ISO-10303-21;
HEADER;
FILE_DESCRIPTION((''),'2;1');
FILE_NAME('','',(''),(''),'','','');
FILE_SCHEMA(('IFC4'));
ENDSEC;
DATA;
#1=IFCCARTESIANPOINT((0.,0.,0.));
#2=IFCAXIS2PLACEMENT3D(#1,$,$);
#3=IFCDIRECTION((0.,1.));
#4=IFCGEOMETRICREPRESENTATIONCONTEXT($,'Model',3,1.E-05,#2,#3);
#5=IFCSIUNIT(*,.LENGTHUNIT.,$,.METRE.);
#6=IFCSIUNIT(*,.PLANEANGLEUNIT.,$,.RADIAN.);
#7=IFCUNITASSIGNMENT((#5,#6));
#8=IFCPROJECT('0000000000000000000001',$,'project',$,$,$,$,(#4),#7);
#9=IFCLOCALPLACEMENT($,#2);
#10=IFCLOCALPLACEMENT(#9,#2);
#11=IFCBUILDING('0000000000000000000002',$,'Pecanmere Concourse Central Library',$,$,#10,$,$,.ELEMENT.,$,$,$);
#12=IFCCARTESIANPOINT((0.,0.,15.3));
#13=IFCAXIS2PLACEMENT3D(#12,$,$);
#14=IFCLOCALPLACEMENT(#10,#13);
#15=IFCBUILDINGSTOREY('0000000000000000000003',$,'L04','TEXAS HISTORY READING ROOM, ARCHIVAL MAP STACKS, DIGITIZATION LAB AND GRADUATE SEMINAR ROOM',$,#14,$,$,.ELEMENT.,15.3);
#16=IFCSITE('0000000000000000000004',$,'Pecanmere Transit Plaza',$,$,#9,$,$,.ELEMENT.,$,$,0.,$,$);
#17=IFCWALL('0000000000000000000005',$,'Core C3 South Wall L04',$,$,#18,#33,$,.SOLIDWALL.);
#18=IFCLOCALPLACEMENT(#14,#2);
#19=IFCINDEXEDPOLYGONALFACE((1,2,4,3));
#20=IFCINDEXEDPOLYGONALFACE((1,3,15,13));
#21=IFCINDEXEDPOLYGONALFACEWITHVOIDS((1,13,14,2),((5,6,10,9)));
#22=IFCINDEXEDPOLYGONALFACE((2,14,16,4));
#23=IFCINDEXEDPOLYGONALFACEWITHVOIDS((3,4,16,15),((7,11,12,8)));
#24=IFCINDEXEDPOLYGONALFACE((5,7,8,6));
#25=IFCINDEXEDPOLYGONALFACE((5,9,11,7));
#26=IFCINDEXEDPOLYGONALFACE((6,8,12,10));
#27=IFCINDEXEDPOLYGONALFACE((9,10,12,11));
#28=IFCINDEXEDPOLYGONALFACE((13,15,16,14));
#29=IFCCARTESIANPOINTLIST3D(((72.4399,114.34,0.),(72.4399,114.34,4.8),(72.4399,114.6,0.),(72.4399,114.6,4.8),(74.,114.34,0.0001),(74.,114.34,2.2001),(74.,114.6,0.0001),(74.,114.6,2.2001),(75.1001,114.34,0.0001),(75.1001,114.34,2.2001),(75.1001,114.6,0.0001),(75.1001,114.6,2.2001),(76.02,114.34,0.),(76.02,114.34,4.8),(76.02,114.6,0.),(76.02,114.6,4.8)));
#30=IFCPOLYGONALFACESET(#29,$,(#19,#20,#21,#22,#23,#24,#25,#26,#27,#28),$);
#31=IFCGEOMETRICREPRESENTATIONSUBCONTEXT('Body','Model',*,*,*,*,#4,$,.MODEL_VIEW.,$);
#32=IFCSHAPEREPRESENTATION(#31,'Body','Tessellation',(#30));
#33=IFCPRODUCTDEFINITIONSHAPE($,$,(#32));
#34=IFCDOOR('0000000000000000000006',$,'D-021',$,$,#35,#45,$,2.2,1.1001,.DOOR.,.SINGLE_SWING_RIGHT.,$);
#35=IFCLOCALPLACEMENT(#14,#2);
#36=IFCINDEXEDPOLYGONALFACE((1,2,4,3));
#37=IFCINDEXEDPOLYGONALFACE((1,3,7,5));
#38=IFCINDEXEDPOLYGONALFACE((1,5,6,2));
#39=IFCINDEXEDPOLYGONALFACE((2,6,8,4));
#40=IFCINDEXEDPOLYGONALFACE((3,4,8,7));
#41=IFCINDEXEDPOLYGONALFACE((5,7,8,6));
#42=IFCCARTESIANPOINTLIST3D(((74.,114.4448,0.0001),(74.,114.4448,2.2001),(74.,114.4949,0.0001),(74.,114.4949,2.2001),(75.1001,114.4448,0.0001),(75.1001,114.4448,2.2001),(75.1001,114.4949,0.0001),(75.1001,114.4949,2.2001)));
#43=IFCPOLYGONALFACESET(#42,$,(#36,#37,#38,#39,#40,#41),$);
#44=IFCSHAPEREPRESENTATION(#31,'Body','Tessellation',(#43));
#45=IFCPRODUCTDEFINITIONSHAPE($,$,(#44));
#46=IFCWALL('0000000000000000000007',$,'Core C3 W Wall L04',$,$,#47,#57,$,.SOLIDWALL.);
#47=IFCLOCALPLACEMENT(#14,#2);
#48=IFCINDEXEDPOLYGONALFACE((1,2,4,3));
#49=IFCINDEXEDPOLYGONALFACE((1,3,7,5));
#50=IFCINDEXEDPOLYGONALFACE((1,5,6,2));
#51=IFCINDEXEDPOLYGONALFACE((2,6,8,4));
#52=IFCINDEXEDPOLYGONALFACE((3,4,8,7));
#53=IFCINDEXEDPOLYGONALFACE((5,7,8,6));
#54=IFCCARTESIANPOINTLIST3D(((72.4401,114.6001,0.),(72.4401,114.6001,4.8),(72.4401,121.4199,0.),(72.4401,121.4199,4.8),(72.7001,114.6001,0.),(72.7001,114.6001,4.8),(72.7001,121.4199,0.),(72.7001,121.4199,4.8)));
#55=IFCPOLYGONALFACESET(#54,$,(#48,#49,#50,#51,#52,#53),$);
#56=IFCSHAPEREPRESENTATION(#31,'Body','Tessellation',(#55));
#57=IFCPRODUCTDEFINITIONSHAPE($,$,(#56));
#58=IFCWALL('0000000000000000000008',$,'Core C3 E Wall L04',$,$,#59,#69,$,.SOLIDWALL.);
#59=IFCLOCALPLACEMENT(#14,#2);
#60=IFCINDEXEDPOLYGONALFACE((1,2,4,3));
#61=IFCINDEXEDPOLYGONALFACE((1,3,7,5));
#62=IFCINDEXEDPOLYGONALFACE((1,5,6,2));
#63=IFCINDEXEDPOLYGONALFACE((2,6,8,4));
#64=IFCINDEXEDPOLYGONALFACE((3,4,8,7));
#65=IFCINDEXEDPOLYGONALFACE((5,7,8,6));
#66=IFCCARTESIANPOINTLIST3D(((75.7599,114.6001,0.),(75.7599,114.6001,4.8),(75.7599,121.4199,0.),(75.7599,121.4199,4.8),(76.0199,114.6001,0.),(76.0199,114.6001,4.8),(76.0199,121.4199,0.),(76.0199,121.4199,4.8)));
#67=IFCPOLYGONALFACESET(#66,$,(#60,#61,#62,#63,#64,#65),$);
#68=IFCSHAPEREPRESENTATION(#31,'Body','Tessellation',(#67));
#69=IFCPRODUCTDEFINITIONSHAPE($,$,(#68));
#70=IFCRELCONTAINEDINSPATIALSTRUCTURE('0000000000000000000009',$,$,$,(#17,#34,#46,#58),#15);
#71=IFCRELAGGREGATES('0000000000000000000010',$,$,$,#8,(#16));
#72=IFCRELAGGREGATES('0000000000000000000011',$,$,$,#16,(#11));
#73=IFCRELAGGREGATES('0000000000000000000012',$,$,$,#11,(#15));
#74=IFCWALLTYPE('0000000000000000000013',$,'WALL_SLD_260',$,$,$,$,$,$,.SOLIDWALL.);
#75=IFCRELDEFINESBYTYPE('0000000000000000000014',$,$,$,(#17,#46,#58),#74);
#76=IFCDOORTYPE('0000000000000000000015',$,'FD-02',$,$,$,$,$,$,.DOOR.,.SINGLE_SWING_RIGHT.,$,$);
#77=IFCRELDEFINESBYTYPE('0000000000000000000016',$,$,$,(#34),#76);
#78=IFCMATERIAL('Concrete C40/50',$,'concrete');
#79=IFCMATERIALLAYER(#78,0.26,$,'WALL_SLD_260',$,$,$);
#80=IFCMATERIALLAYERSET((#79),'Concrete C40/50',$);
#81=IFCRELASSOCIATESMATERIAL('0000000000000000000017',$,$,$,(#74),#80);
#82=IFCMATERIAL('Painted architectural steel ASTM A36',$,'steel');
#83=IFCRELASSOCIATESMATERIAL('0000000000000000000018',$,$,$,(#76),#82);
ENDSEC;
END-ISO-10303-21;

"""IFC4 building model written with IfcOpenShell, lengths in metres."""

from ifc_helpers import new_model, si_unit, direction, frame, frame_2d, origin, place, context, subcontext, project, spatial, rectangle, extrude, material, layer, layer_set, type_object, element, fill, save


model = new_model("IFC4")

# Units and contexts
model_context = context("Model", 3, precision=1e-05, world=origin(), true_north=direction((0.0, 1.0)))
body_context = subcontext(model_context, "Body", "Model", "MODEL_VIEW")
ifc_project = project(units=[si_unit("LENGTHUNIT", "METRE"), si_unit("PLANEANGLEUNIT", "RADIAN")], contexts=[model_context])

# Site, building, storey
site_placement = place(None, origin())
site = spatial("IfcSite", under=ifc_project, at=site_placement, Name="Pecanmere Transit Plaza", CompositionType="ELEMENT", RefElevation=0.0)
building_placement = place(site_placement, origin())
building = spatial("IfcBuilding", under=site, at=building_placement, Name="Pecanmere Concourse Central Library", CompositionType="ELEMENT")
storey_placement = place(building_placement, frame((0.0, 0.0, 15.3)))
storey = spatial("IfcBuildingStorey", under=building, at=storey_placement, Name="L04", Description="TEXAS HISTORY READING ROOM, ARCHIVAL MAP STACKS, DIGITIZATION LAB AND GRADUATE SEMINAR ROOM", CompositionType="ELEMENT", Elevation=15.3)

# Wall, opening, door
ifc_material_1 = material(Name="Concrete C40/50", Category="concrete")
ifc_layer_1 = layer(ifc_material_1, 0.26, Name="WALL_SLD_260")
ifc_layer_set_1 = layer_set([ifc_layer_1], Name="Concrete C40/50")
wall_type = type_object("IfcWallType", Name="WALL_SLD_260", PredefinedType="SOLIDWALL", material=ifc_layer_set_1)
wall_placement = place(storey_placement, frame((72.4399, 114.47, 0.0), z_axis=(0.0, 0.0, 1.0), x_axis=(1.0, 0.0, 0.0)))
wall = element("IfcWall", 1, at=wall_placement, inside=storey, type_object=wall_type, Name="Core C3 South Wall L04", PredefinedType="SOLIDWALL", context=body_context, shape_type="SweptSolid", body=[
    extrude(rectangle(XDim=3.5801, YDim=0.26, at=frame_2d((1.79, 0.0))), origin(), (0.0, 0.0, 1.0), 4.8),
])
opening_placement = place(wall_placement, frame((1.5601, 0.0, 0.0)))
opening = element("IfcOpeningElement", 2, at=opening_placement, cuts=wall, PredefinedType="OPENING", context=body_context, shape_type="SweptSolid", body=[
    extrude(rectangle(XDim=1.1001, YDim=2.2, at=frame_2d((0.55, 1.1001))), frame((0.0, 0.1421, 0.0), z_axis=(0.0, -1.0, 0.0), x_axis=(1.0, 0.0, 0.0)), (0.0, 0.0, 1.0), 0.2839),
])
ifc_material_2 = material(Name="Painted architectural steel ASTM A36", Category="steel")
door_type = type_object("IfcDoorType", Name="FD-02", OperationType="SINGLE_SWING_RIGHT", PredefinedType="DOOR", material=ifc_material_2)
door_placement = place(opening_placement, origin())
door = element("IfcDoor", 3, at=door_placement, inside=storey, type_object=door_type, Name="D-021", OperationType="SINGLE_SWING_RIGHT", OverallHeight=2.2, OverallWidth=1.1001, PredefinedType="DOOR", context=body_context, shape_type="SweptSolid", body=[
    extrude(rectangle(XDim=1.1001, YDim=2.2, at=frame_2d((0.55, 1.1001))), frame((0.0, 0.0249, 0.0), z_axis=(0.0, -1.0, 0.0), x_axis=(1.0, 0.0, 0.0)), (0.0, 0.0, 1.0), 0.05),
])
fill(opening, door)

# Walls
for number, where, z_axis, x_axis, name in (
    (4, (72.5701, 114.6001, 0.0), (0.0, 0.0, 1.0), (0.0, 1.0, 0.0), "Core C3 W Wall L04"),
    (5, (75.8899, 114.6001, 0.0), (0.0, 0.0, 1.0), (0.0, 1.0, 0.0), "Core C3 E Wall L04"),
):
    element("IfcWall", number, at=place(storey_placement, frame(where, z_axis=z_axis, x_axis=x_axis)), inside=storey, type_object=wall_type, Name=name, PredefinedType="SOLIDWALL", context=body_context, shape_type="SweptSolid", body=[
        extrude(rectangle(XDim=6.8198, YDim=0.26, at=frame_2d((3.4099, 0.0))), origin(), (0.0, 0.0, 1.0), 4.8),
    ])

save(model, "model.ifc")
